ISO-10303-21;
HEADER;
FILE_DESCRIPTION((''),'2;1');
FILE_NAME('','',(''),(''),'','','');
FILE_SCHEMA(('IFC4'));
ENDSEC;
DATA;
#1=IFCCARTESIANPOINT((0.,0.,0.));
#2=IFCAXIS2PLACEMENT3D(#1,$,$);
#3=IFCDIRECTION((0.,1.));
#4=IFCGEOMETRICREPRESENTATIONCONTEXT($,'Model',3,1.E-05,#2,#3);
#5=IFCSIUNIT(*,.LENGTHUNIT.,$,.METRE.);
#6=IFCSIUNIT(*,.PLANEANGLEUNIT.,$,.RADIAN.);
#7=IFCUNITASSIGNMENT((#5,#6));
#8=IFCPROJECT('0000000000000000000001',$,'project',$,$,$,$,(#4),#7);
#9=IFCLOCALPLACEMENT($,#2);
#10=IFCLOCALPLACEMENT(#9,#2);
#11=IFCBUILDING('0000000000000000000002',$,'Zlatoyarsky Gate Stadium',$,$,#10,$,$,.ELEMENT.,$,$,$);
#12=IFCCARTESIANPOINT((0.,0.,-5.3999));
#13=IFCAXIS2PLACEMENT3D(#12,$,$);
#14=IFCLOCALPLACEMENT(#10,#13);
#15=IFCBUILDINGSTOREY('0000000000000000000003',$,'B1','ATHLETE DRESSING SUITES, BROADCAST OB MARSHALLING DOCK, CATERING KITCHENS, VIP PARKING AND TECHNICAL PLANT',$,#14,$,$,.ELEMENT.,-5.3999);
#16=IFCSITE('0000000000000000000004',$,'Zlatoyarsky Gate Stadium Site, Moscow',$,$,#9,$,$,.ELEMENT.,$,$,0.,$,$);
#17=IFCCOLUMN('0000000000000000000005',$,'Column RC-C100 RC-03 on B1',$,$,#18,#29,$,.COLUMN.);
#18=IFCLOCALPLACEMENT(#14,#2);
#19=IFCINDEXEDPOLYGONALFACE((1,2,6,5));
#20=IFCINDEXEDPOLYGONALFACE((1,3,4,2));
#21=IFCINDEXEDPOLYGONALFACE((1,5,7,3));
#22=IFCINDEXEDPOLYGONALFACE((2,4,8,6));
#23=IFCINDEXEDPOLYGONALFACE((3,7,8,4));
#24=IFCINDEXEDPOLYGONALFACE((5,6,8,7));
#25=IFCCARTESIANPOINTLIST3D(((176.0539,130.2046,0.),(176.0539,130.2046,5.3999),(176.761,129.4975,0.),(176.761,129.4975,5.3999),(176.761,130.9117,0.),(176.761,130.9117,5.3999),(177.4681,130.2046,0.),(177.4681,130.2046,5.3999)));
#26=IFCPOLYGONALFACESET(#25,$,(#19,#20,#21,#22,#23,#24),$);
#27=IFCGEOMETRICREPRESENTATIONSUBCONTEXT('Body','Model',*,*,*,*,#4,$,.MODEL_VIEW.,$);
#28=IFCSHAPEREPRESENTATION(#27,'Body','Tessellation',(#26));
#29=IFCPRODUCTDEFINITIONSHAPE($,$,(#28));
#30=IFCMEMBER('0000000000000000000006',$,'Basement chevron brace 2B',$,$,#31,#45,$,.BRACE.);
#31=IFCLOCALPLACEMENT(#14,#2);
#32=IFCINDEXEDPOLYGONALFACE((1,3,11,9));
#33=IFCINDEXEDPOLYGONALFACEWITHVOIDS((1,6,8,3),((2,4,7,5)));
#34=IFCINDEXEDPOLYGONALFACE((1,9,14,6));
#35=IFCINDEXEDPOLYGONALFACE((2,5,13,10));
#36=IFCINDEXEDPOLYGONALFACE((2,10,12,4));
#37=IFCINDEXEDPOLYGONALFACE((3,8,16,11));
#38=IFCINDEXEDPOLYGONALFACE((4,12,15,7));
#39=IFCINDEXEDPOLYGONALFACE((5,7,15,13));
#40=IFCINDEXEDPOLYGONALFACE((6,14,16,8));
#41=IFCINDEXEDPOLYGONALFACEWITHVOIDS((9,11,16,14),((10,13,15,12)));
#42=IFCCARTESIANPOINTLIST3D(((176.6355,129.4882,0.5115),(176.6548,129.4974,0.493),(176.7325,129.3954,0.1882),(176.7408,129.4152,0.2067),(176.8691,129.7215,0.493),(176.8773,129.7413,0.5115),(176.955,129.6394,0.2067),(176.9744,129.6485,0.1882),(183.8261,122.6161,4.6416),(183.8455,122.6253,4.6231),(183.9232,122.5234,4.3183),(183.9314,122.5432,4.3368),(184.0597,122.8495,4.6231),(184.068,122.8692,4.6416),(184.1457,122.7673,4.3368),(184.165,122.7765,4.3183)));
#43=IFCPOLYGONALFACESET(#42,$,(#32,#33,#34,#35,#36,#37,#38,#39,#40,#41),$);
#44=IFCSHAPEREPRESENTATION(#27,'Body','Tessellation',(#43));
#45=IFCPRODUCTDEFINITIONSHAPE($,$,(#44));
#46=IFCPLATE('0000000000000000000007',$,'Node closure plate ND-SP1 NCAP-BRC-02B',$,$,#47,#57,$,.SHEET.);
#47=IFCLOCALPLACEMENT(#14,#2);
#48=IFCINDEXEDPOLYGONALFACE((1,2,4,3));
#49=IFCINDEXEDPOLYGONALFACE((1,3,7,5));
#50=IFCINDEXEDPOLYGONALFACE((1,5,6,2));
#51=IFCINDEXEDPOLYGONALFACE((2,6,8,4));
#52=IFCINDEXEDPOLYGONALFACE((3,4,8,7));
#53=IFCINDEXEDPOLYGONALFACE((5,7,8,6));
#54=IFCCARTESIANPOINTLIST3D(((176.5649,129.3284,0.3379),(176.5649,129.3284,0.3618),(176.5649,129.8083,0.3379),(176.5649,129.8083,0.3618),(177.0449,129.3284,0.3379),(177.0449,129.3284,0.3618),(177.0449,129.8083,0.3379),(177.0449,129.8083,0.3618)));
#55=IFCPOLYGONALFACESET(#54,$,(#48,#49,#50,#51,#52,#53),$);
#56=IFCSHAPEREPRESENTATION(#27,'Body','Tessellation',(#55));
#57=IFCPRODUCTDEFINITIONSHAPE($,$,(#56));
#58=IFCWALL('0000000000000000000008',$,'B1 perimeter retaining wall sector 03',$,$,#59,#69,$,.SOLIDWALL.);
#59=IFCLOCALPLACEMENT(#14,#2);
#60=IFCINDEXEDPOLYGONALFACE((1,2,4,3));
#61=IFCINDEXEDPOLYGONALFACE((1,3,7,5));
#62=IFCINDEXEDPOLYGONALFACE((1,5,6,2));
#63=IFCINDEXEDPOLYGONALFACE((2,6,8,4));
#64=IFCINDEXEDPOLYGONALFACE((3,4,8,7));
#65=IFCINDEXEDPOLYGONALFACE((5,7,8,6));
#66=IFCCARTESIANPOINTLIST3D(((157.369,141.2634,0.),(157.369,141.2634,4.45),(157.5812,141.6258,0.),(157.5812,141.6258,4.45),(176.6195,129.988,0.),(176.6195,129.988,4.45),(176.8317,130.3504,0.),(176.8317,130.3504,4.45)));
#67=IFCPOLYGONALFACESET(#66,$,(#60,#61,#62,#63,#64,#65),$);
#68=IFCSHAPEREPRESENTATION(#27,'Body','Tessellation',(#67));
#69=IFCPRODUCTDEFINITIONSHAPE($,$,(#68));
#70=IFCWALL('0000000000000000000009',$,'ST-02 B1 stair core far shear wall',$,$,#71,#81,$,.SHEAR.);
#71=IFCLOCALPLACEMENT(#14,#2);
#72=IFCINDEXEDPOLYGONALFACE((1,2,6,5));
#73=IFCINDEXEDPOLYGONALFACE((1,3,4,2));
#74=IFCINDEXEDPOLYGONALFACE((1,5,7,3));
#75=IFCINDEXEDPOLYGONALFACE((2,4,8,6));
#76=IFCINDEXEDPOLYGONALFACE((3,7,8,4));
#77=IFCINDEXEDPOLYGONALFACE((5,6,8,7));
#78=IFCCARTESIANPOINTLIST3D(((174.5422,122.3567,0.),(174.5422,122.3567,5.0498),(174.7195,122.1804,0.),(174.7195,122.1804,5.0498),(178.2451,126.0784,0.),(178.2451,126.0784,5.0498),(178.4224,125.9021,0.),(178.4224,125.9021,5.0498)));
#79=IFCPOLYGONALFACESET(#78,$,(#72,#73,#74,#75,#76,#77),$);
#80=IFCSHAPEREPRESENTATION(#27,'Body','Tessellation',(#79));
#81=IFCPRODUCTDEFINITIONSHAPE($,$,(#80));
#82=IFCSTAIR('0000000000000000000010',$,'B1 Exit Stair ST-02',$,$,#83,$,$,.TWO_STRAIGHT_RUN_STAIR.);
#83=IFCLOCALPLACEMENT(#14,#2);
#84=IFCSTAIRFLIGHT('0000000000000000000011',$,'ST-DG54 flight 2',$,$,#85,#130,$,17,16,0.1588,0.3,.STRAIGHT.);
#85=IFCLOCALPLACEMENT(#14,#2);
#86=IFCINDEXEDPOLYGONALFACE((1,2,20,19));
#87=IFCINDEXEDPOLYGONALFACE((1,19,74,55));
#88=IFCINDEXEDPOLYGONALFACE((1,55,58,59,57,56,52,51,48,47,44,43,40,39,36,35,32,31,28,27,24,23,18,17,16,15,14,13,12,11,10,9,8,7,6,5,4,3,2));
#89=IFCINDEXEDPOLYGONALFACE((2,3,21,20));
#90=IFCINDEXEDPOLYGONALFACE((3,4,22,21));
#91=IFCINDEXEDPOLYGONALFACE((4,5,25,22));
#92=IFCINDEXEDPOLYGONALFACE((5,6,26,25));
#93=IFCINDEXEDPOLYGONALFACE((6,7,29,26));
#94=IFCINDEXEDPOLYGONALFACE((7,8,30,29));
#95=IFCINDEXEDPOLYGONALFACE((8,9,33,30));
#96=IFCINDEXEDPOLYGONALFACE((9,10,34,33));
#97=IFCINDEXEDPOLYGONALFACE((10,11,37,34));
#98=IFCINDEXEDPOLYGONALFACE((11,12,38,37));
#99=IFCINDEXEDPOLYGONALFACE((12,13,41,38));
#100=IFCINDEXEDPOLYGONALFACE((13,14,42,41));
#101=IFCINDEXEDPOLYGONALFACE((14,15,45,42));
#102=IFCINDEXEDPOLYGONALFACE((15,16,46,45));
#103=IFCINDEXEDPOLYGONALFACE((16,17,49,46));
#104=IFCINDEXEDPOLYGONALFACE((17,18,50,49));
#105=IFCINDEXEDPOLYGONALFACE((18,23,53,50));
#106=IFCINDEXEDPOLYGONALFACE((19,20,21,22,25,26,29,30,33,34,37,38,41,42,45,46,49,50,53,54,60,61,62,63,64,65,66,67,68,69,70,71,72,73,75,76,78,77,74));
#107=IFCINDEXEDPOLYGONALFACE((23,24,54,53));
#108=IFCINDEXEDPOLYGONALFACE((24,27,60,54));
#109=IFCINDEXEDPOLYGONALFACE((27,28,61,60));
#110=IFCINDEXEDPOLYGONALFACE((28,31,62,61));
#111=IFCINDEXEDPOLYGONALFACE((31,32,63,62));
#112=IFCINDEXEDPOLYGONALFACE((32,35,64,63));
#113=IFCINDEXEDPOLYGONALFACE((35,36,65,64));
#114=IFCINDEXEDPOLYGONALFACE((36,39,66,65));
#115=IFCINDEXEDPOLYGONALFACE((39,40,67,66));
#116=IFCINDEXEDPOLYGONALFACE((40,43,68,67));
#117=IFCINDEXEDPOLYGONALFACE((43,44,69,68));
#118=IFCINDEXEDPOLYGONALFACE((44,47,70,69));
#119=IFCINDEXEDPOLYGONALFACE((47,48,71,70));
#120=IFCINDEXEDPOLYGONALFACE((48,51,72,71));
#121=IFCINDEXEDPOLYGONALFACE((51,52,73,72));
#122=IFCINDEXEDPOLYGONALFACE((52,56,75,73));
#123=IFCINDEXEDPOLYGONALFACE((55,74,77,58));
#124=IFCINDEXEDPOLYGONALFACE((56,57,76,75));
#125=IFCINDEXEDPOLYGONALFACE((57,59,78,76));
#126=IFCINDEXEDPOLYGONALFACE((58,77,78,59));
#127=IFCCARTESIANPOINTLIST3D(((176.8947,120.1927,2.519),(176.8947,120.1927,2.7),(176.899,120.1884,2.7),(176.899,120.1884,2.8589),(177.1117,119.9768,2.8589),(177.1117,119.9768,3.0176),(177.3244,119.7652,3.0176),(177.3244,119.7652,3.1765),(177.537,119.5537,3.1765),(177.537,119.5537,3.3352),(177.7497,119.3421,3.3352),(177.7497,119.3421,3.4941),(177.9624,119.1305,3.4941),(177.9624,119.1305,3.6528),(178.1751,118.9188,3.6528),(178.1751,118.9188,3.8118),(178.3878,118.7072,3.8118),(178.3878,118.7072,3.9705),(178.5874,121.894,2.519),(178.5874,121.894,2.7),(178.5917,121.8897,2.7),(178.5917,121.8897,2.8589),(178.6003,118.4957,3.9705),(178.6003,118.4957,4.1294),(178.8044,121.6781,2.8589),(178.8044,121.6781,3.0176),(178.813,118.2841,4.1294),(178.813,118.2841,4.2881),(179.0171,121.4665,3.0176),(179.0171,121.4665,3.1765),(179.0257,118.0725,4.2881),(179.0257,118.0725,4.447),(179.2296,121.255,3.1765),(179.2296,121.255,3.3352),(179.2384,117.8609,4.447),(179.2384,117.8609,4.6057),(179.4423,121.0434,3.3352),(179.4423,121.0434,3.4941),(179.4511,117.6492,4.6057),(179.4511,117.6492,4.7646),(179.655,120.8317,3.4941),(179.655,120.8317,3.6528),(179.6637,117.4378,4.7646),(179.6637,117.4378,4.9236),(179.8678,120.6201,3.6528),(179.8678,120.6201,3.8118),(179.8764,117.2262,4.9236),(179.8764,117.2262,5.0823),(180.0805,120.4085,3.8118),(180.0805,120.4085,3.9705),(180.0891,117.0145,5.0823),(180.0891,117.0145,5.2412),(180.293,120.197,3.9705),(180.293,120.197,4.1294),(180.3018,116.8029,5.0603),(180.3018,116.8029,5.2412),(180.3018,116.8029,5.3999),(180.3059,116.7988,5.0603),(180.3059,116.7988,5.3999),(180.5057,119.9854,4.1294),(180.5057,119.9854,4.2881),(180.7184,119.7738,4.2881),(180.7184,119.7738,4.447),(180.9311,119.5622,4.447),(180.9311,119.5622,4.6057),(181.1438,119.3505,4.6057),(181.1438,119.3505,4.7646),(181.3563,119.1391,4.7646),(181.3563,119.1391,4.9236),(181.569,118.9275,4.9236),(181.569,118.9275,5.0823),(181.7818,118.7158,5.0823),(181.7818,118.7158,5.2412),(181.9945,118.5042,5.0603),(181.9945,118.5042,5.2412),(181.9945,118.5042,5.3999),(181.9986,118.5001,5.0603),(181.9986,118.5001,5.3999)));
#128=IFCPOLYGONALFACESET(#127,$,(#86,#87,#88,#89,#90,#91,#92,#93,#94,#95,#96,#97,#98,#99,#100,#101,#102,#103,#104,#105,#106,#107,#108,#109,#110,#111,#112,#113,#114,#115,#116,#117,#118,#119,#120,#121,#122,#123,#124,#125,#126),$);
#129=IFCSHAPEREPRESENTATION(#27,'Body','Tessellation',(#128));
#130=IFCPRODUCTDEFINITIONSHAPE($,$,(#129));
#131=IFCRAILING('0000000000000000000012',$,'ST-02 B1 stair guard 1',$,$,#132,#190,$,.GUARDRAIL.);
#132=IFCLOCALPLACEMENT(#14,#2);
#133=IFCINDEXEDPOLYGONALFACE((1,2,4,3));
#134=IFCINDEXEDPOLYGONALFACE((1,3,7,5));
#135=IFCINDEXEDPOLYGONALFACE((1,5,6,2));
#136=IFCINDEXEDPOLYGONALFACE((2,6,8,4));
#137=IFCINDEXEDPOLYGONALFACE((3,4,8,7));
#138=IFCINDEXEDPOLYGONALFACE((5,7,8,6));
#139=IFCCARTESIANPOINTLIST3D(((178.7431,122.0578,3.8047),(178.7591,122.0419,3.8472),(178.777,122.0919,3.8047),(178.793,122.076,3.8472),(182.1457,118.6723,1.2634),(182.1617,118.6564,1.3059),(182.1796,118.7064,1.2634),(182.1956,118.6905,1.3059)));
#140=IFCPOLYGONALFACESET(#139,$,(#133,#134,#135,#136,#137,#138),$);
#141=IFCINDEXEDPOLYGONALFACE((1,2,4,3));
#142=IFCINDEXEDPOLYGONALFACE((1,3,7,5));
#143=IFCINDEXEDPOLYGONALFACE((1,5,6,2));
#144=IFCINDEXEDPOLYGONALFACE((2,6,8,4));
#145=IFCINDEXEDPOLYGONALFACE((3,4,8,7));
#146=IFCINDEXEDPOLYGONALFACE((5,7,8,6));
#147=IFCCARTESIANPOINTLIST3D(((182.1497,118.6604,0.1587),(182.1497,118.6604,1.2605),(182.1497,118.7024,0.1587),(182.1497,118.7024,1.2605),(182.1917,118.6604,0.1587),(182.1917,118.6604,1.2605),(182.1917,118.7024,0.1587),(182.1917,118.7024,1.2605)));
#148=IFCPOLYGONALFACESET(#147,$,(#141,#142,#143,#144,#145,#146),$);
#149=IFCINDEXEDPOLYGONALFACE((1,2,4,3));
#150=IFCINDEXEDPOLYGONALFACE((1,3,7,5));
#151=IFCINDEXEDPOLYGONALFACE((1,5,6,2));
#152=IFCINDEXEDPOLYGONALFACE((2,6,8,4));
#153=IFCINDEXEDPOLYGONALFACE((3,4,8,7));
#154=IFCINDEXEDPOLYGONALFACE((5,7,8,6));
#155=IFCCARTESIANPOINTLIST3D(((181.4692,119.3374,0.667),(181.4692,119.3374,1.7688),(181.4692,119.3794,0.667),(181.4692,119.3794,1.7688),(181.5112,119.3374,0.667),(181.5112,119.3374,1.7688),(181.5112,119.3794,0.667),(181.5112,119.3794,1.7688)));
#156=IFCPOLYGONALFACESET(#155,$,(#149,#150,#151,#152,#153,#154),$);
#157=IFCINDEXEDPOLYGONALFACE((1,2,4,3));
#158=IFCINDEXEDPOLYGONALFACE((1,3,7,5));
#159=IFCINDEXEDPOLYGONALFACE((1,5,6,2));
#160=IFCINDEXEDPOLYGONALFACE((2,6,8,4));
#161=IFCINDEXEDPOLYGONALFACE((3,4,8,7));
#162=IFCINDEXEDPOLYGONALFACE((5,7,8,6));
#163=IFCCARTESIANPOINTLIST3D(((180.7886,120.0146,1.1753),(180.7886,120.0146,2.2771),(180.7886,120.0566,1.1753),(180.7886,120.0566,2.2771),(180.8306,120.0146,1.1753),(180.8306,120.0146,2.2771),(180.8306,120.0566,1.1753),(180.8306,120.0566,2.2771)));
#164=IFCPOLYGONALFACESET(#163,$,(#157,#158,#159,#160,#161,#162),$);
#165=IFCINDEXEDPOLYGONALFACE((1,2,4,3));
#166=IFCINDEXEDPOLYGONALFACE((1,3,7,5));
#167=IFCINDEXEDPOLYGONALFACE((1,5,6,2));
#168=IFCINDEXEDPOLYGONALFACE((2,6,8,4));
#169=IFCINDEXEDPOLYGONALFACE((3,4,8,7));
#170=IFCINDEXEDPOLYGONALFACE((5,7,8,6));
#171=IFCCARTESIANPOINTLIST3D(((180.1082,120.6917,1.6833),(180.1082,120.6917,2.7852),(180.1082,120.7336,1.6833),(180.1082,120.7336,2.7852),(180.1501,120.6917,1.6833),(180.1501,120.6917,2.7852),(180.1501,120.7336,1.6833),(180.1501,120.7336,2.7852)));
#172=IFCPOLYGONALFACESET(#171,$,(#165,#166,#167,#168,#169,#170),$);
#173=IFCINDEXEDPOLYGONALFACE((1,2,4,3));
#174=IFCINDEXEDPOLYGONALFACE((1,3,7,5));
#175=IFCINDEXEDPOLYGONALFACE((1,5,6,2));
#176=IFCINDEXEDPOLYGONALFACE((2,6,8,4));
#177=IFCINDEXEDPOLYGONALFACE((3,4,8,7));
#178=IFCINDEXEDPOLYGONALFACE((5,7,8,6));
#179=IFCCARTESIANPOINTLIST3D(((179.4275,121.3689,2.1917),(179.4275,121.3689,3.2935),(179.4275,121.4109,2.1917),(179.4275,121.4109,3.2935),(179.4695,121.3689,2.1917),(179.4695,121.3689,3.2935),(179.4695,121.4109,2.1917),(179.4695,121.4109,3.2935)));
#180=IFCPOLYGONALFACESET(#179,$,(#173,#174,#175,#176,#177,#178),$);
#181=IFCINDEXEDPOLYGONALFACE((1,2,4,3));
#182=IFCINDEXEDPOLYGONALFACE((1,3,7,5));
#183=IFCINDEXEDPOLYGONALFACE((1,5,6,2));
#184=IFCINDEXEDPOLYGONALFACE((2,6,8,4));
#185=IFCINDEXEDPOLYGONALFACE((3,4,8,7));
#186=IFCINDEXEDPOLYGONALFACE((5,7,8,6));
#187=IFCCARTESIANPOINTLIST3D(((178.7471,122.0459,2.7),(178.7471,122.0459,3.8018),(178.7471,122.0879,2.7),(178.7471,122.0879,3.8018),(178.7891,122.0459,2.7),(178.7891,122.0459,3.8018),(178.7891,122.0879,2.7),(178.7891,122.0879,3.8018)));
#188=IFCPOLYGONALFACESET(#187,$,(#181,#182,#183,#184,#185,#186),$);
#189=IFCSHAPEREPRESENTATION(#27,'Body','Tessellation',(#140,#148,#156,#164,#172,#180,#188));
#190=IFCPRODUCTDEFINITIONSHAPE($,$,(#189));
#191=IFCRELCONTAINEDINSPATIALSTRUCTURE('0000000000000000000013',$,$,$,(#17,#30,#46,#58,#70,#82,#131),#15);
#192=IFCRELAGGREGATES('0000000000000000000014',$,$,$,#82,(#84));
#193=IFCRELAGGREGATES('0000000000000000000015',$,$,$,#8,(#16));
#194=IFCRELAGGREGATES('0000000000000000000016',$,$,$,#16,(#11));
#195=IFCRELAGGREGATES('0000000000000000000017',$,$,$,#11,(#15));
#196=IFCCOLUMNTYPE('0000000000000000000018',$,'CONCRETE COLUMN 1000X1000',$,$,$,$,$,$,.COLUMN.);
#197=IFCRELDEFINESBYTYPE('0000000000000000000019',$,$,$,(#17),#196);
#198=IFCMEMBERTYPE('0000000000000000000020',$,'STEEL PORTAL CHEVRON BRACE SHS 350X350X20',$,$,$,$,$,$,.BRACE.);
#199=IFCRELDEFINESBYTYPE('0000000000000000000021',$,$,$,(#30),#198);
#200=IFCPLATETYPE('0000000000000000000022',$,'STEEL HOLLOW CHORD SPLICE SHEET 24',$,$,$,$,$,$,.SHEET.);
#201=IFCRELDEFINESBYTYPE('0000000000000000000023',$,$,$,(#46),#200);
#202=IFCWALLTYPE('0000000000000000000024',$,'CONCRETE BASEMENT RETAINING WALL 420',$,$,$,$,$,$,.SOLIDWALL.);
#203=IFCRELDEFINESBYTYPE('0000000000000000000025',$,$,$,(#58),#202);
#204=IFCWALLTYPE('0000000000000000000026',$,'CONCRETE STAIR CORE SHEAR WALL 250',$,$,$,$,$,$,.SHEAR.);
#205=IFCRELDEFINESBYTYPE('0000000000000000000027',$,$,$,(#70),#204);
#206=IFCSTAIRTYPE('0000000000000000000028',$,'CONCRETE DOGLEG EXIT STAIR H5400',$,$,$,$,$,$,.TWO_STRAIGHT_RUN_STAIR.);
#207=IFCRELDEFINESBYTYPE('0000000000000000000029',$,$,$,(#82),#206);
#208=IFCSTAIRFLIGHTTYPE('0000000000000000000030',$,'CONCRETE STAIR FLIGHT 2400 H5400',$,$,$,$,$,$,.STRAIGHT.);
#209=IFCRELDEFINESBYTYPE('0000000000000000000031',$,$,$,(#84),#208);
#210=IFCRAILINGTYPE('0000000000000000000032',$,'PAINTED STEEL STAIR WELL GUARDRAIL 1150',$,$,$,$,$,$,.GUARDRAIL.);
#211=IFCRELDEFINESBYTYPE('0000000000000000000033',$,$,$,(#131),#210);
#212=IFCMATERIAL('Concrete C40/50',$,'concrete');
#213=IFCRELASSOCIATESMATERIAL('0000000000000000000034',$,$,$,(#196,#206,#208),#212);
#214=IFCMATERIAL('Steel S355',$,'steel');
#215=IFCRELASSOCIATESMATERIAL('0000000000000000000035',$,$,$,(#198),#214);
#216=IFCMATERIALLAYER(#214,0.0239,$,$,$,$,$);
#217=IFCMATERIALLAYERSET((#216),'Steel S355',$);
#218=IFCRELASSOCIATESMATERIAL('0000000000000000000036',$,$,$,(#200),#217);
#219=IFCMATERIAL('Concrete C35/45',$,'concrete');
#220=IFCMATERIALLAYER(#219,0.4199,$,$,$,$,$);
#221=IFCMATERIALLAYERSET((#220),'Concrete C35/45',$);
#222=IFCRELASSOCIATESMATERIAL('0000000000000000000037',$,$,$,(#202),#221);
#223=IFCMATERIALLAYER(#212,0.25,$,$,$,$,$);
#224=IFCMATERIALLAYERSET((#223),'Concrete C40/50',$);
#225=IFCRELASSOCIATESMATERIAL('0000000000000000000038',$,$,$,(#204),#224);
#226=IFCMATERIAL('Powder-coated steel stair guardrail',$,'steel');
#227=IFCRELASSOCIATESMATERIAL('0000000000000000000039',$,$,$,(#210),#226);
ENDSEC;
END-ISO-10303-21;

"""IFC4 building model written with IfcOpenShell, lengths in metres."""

from ifc_helpers import new_model, si_unit, direction, frame, frame_2d, origin, origin_2d, place, context, subcontext, project, spatial, polyline, rectangle, hollow_rectangle, outline, extrude, material, layer, layer_set, material_profile, profile_set, type_object, element, aggregate, save


model = new_model("IFC4")

# Units and contexts
model_context = context("Model", 3, precision=1e-05, world=origin(), true_north=direction((0.0, 1.0)))
body_context = subcontext(model_context, "Body", "Model", "MODEL_VIEW")
ifc_project = project(units=[si_unit("LENGTHUNIT", "METRE"), si_unit("PLANEANGLEUNIT", "RADIAN")], contexts=[model_context])

# Site, building, storey
site_placement = place(None, origin())
site = spatial("IfcSite", under=ifc_project, at=site_placement, Name="Zlatoyarsky Gate Stadium Site, Moscow", CompositionType="ELEMENT", RefElevation=0.0)
building_placement = place(site_placement, origin())
building = spatial("IfcBuilding", under=site, at=building_placement, Name="Zlatoyarsky Gate Stadium", CompositionType="ELEMENT")
storey_placement = place(building_placement, frame((0.0, 0.0, -5.3999)))
storey = spatial("IfcBuildingStorey", under=building, at=storey_placement, Name="B1", Description="ATHLETE DRESSING SUITES, BROADCAST OB MARSHALLING DOCK, CATERING KITCHENS, VIP PARKING AND TECHNICAL PLANT", CompositionType="ELEMENT", Elevation=-5.3999)

# Shared definitions
ifc_material_1 = material(Name="Concrete C35/45", Category="concrete")

# Column
ifc_material_2 = material(Name="Concrete C40/50", Category="concrete")
ifc_material_profile_1 = material_profile(ifc_material_2, rectangle(XDim=1.0, YDim=1.0, at=origin_2d()), Name="RC COL 1000X1000")
ifc_profile_set_1 = profile_set([ifc_material_profile_1], Name="Concrete C40/50")
column_type = type_object("IfcColumnType", Name="CONCRETE COLUMN 1000X1000", PredefinedType="COLUMN", material=ifc_profile_set_1)
column_placement = place(storey_placement, frame((176.761, 130.2046, 0.0), z_axis=(0.0, 0.0, 1.0), x_axis=(0.707107, 0.707107, 0.0)))
element("IfcColumn", 1, at=column_placement, inside=storey, type_object=column_type, Name="Column RC-C100 RC-03 on B1", PredefinedType="COLUMN", context=body_context, shape_type="SweptSolid", body=[
    extrude(rectangle(XDim=1.0, YDim=1.0, at=origin_2d()), origin(), (0.0, 0.0, 1.0), 5.3999),
])

# Member
ifc_material_3 = material(Name="Steel S355", Category="steel")
ifc_material_profile_2 = material_profile(ifc_material_3, hollow_rectangle(XDim=0.3501, YDim=0.3501, WallThickness=0.02, at=origin_2d()), Name="SHS 350X350X20")
ifc_profile_set_2 = profile_set([ifc_material_profile_2], Name="Steel S355")
member_type = type_object("IfcMemberType", Name="STEEL PORTAL CHEVRON BRACE SHS 350X350X20", PredefinedType="BRACE", material=ifc_profile_set_2)
member_placement = place(storey_placement, frame((176.8049, 129.5684, 0.3499), z_axis=(0.667669, -0.638086, 0.383491), x_axis=(0.690909, 0.722941, 0.0)))
element("IfcMember", 2, at=member_placement, inside=storey, type_object=member_type, Name="Basement chevron brace 2B", PredefinedType="BRACE", context=body_context, shape_type="SweptSolid", body=[
    extrude(hollow_rectangle(XDim=0.3501, YDim=0.3501, WallThickness=0.02, at=origin_2d()), origin(), (0.0, 0.0, 1.0), 10.7698),
])

# Plate
ifc_layer_1 = layer(ifc_material_3, 0.0239)
ifc_layer_set_1 = layer_set([ifc_layer_1], Name="Steel S355")
plate_type = type_object("IfcPlateType", Name="STEEL HOLLOW CHORD SPLICE SHEET 24", PredefinedType="SHEET", material=ifc_layer_set_1)
plate_placement = place(storey_placement, frame((176.8049, 129.5684, 0.3379), z_axis=(0.0, 0.0, 1.0), x_axis=(1.0, 0.0, 0.0)))
element("IfcPlate", 3, at=plate_placement, inside=storey, type_object=plate_type, Name="Node closure plate ND-SP1 NCAP-BRC-02B", PredefinedType="SHEET", context=body_context, shape_type="SweptSolid", body=[
    extrude(rectangle(XDim=0.48, YDim=0.48, at=origin_2d()), origin(), (0.0, 0.0, 1.0), 0.0239),
])

# Walls
ifc_layer_2 = layer(ifc_material_1, 0.4199)
ifc_layer_set_2 = layer_set([ifc_layer_2], Name="Concrete C35/45")
wall_type_1 = type_object("IfcWallType", Name="CONCRETE BASEMENT RETAINING WALL 420", PredefinedType="SOLIDWALL", material=ifc_layer_set_2)
wall_1_placement = place(storey_placement, frame((176.7256, 130.1692, 0.0), z_axis=(0.0, 0.0, 1.0), x_axis=(-0.862881, 0.505407, 0.0)))
element("IfcWall", 4, at=wall_1_placement, inside=storey, type_object=wall_type_1, Name="B1 perimeter retaining wall sector 03", PredefinedType="SOLIDWALL", context=body_context, shape_type="SweptSolid", body=[
    extrude(rectangle(XDim=22.3096, YDim=0.4199, at=frame_2d((11.1548, 0.0))), origin(), (0.0, 0.0, 1.0), 4.45),
])
ifc_layer_3 = layer(ifc_material_2, 0.25)
ifc_layer_set_3 = layer_set([ifc_layer_3], Name="Concrete C40/50")
wall_type_2 = type_object("IfcWallType", Name="CONCRETE STAIR CORE SHEAR WALL 250", PredefinedType="SHEAR", material=ifc_layer_set_3)
wall_2_placement = place(storey_placement, frame((178.3337, 125.9902, 0.0), z_axis=(0.0, 0.0, 1.0), x_axis=(-0.705314, -0.708895, 0.0)))
element("IfcWall", 5, at=wall_2_placement, inside=storey, type_object=wall_type_2, Name="ST-02 B1 stair core far shear wall", PredefinedType="SHEAR", context=body_context, shape_type="SweptSolid", body=[
    extrude(rectangle(XDim=5.25, YDim=0.25, at=frame_2d((2.625, 0.0))), origin(), (0.0, 0.0, 1.0), 5.0498),
])

# Stair, stair flight
stair_type = type_object("IfcStairType", Name="CONCRETE DOGLEG EXIT STAIR H5400", PredefinedType="TWO_STRAIGHT_RUN_STAIR", material=ifc_material_2)
stair_placement = place(storey_placement, origin())
stair = element("IfcStair", 6, at=stair_placement, inside=storey, type_object=stair_type, Name="B1 Exit Stair ST-02", PredefinedType="TWO_STRAIGHT_RUN_STAIR")
stair_flight_type = type_object("IfcStairFlightType", Name="CONCRETE STAIR FLIGHT 2400 H5400", PredefinedType="STRAIGHT", material=ifc_material_2)
stair_flight_placement = place(storey_placement, frame((177.7454, 121.0391, 2.7), z_axis=(0.0, 0.0, 1.0), x_axis=(0.708901, -0.705308, 0.0)))
stair_flight = element("IfcStairFlight", 7, at=stair_flight_placement, type_object=stair_flight_type, Name="ST-DG54 flight 2", NumberOfRisers=17, NumberOfTreads=16, PredefinedType="STRAIGHT", RiserHeight=0.1588, TreadLength=0.3, context=body_context, shape_type="SweptSolid", body=[
    extrude(outline(polyline([(-0.0061, -0.1809), (-0.0061, 0.0), (0.0, 0.0), (0.0, 0.1589), (0.3, 0.1589), (0.3, 0.3176), (0.6001, 0.3176), (0.6001, 0.4766), (0.8999, 0.4766), (0.8999, 0.6353), (1.2, 0.6353), (1.2, 0.7942), (1.5, 0.7942), (1.5, 0.9529), (1.8, 0.9529), (1.8, 1.1118), (2.1001, 1.1118), (2.1001, 1.2705), (2.3999, 1.2705), (2.3999, 1.4294), (2.7, 1.4294), (2.7, 1.5881), (3.0, 1.5881), (3.0, 1.7471), (3.3, 1.7471), (3.3, 1.9058), (3.6001, 1.9058), (3.6001, 2.0647), (3.8999, 2.0647), (3.8999, 2.2236), (4.2, 2.2236), (4.2, 2.3823), (4.5, 2.3823), (4.5, 2.5413), (4.8, 2.5413), (4.8, 2.7), (4.8059, 2.7), (4.8059, 2.3604), (4.8, 2.3604), (-0.0061, -0.1809)])), frame((0.0, 1.2, 0.0), z_axis=(0.0, -1.0, 0.0), x_axis=(1.0, 0.0, 0.0)), (0.0, 0.0, 1.0), 2.3999),
])
aggregate(stair, [stair_flight])

# Railing
ifc_material_4 = material(Name="Powder-coated steel stair guardrail", Category="steel")
railing_type_1 = type_object("IfcRailingType", Name="PAINTED STEEL STAIR WELL GUARDRAIL 1150", PredefinedType="GUARDRAIL", material=ifc_material_4)
railing_1_placement = place(storey_placement, frame((182.1707, 118.6814, 0.1587)))
element("IfcRailing", 8, at=railing_1_placement, inside=storey, type_object=railing_type_1, Name="ST-02 B1 stair guard 1", PredefinedType="GUARDRAIL", context=body_context, shape_type="SweptSolid", body=[
    extrude(rectangle(XDim=0.0481, YDim=0.0481, at=origin_2d()), frame((0.0, 0.0, 1.126), z_axis=(-0.626497, 0.62335, 0.467906), x_axis=(-0.705324, -0.708885, 0.0)), (0.0, 0.0, 1.0), 5.4312),
    extrude(rectangle(XDim=0.042, YDim=0.042, at=origin_2d()), origin(), (0.0, 0.0, 1.0), 1.1018),
    extrude(rectangle(XDim=0.042, YDim=0.042, at=origin_2d()), frame((-0.6804, 0.677, 0.5083)), (0.0, 0.0, 1.0), 1.1018),
    extrude(rectangle(XDim=0.042, YDim=0.042, at=origin_2d()), frame((-1.3611, 1.3542, 1.0166)), (0.0, 0.0, 1.0), 1.1018),
    extrude(rectangle(XDim=0.042, YDim=0.042, at=origin_2d()), frame((-2.0415, 2.0312, 1.5247)), (0.0, 0.0, 1.0), 1.1018),
    extrude(rectangle(XDim=0.042, YDim=0.042, at=origin_2d()), frame((-2.7222, 2.7085, 2.033)), (0.0, 0.0, 1.0), 1.1018),
    extrude(rectangle(XDim=0.042, YDim=0.042, at=origin_2d()), frame((-3.4026, 3.3855, 2.5413)), (0.0, 0.0, 1.0), 1.1018),
])

save(model, "model.ifc")
